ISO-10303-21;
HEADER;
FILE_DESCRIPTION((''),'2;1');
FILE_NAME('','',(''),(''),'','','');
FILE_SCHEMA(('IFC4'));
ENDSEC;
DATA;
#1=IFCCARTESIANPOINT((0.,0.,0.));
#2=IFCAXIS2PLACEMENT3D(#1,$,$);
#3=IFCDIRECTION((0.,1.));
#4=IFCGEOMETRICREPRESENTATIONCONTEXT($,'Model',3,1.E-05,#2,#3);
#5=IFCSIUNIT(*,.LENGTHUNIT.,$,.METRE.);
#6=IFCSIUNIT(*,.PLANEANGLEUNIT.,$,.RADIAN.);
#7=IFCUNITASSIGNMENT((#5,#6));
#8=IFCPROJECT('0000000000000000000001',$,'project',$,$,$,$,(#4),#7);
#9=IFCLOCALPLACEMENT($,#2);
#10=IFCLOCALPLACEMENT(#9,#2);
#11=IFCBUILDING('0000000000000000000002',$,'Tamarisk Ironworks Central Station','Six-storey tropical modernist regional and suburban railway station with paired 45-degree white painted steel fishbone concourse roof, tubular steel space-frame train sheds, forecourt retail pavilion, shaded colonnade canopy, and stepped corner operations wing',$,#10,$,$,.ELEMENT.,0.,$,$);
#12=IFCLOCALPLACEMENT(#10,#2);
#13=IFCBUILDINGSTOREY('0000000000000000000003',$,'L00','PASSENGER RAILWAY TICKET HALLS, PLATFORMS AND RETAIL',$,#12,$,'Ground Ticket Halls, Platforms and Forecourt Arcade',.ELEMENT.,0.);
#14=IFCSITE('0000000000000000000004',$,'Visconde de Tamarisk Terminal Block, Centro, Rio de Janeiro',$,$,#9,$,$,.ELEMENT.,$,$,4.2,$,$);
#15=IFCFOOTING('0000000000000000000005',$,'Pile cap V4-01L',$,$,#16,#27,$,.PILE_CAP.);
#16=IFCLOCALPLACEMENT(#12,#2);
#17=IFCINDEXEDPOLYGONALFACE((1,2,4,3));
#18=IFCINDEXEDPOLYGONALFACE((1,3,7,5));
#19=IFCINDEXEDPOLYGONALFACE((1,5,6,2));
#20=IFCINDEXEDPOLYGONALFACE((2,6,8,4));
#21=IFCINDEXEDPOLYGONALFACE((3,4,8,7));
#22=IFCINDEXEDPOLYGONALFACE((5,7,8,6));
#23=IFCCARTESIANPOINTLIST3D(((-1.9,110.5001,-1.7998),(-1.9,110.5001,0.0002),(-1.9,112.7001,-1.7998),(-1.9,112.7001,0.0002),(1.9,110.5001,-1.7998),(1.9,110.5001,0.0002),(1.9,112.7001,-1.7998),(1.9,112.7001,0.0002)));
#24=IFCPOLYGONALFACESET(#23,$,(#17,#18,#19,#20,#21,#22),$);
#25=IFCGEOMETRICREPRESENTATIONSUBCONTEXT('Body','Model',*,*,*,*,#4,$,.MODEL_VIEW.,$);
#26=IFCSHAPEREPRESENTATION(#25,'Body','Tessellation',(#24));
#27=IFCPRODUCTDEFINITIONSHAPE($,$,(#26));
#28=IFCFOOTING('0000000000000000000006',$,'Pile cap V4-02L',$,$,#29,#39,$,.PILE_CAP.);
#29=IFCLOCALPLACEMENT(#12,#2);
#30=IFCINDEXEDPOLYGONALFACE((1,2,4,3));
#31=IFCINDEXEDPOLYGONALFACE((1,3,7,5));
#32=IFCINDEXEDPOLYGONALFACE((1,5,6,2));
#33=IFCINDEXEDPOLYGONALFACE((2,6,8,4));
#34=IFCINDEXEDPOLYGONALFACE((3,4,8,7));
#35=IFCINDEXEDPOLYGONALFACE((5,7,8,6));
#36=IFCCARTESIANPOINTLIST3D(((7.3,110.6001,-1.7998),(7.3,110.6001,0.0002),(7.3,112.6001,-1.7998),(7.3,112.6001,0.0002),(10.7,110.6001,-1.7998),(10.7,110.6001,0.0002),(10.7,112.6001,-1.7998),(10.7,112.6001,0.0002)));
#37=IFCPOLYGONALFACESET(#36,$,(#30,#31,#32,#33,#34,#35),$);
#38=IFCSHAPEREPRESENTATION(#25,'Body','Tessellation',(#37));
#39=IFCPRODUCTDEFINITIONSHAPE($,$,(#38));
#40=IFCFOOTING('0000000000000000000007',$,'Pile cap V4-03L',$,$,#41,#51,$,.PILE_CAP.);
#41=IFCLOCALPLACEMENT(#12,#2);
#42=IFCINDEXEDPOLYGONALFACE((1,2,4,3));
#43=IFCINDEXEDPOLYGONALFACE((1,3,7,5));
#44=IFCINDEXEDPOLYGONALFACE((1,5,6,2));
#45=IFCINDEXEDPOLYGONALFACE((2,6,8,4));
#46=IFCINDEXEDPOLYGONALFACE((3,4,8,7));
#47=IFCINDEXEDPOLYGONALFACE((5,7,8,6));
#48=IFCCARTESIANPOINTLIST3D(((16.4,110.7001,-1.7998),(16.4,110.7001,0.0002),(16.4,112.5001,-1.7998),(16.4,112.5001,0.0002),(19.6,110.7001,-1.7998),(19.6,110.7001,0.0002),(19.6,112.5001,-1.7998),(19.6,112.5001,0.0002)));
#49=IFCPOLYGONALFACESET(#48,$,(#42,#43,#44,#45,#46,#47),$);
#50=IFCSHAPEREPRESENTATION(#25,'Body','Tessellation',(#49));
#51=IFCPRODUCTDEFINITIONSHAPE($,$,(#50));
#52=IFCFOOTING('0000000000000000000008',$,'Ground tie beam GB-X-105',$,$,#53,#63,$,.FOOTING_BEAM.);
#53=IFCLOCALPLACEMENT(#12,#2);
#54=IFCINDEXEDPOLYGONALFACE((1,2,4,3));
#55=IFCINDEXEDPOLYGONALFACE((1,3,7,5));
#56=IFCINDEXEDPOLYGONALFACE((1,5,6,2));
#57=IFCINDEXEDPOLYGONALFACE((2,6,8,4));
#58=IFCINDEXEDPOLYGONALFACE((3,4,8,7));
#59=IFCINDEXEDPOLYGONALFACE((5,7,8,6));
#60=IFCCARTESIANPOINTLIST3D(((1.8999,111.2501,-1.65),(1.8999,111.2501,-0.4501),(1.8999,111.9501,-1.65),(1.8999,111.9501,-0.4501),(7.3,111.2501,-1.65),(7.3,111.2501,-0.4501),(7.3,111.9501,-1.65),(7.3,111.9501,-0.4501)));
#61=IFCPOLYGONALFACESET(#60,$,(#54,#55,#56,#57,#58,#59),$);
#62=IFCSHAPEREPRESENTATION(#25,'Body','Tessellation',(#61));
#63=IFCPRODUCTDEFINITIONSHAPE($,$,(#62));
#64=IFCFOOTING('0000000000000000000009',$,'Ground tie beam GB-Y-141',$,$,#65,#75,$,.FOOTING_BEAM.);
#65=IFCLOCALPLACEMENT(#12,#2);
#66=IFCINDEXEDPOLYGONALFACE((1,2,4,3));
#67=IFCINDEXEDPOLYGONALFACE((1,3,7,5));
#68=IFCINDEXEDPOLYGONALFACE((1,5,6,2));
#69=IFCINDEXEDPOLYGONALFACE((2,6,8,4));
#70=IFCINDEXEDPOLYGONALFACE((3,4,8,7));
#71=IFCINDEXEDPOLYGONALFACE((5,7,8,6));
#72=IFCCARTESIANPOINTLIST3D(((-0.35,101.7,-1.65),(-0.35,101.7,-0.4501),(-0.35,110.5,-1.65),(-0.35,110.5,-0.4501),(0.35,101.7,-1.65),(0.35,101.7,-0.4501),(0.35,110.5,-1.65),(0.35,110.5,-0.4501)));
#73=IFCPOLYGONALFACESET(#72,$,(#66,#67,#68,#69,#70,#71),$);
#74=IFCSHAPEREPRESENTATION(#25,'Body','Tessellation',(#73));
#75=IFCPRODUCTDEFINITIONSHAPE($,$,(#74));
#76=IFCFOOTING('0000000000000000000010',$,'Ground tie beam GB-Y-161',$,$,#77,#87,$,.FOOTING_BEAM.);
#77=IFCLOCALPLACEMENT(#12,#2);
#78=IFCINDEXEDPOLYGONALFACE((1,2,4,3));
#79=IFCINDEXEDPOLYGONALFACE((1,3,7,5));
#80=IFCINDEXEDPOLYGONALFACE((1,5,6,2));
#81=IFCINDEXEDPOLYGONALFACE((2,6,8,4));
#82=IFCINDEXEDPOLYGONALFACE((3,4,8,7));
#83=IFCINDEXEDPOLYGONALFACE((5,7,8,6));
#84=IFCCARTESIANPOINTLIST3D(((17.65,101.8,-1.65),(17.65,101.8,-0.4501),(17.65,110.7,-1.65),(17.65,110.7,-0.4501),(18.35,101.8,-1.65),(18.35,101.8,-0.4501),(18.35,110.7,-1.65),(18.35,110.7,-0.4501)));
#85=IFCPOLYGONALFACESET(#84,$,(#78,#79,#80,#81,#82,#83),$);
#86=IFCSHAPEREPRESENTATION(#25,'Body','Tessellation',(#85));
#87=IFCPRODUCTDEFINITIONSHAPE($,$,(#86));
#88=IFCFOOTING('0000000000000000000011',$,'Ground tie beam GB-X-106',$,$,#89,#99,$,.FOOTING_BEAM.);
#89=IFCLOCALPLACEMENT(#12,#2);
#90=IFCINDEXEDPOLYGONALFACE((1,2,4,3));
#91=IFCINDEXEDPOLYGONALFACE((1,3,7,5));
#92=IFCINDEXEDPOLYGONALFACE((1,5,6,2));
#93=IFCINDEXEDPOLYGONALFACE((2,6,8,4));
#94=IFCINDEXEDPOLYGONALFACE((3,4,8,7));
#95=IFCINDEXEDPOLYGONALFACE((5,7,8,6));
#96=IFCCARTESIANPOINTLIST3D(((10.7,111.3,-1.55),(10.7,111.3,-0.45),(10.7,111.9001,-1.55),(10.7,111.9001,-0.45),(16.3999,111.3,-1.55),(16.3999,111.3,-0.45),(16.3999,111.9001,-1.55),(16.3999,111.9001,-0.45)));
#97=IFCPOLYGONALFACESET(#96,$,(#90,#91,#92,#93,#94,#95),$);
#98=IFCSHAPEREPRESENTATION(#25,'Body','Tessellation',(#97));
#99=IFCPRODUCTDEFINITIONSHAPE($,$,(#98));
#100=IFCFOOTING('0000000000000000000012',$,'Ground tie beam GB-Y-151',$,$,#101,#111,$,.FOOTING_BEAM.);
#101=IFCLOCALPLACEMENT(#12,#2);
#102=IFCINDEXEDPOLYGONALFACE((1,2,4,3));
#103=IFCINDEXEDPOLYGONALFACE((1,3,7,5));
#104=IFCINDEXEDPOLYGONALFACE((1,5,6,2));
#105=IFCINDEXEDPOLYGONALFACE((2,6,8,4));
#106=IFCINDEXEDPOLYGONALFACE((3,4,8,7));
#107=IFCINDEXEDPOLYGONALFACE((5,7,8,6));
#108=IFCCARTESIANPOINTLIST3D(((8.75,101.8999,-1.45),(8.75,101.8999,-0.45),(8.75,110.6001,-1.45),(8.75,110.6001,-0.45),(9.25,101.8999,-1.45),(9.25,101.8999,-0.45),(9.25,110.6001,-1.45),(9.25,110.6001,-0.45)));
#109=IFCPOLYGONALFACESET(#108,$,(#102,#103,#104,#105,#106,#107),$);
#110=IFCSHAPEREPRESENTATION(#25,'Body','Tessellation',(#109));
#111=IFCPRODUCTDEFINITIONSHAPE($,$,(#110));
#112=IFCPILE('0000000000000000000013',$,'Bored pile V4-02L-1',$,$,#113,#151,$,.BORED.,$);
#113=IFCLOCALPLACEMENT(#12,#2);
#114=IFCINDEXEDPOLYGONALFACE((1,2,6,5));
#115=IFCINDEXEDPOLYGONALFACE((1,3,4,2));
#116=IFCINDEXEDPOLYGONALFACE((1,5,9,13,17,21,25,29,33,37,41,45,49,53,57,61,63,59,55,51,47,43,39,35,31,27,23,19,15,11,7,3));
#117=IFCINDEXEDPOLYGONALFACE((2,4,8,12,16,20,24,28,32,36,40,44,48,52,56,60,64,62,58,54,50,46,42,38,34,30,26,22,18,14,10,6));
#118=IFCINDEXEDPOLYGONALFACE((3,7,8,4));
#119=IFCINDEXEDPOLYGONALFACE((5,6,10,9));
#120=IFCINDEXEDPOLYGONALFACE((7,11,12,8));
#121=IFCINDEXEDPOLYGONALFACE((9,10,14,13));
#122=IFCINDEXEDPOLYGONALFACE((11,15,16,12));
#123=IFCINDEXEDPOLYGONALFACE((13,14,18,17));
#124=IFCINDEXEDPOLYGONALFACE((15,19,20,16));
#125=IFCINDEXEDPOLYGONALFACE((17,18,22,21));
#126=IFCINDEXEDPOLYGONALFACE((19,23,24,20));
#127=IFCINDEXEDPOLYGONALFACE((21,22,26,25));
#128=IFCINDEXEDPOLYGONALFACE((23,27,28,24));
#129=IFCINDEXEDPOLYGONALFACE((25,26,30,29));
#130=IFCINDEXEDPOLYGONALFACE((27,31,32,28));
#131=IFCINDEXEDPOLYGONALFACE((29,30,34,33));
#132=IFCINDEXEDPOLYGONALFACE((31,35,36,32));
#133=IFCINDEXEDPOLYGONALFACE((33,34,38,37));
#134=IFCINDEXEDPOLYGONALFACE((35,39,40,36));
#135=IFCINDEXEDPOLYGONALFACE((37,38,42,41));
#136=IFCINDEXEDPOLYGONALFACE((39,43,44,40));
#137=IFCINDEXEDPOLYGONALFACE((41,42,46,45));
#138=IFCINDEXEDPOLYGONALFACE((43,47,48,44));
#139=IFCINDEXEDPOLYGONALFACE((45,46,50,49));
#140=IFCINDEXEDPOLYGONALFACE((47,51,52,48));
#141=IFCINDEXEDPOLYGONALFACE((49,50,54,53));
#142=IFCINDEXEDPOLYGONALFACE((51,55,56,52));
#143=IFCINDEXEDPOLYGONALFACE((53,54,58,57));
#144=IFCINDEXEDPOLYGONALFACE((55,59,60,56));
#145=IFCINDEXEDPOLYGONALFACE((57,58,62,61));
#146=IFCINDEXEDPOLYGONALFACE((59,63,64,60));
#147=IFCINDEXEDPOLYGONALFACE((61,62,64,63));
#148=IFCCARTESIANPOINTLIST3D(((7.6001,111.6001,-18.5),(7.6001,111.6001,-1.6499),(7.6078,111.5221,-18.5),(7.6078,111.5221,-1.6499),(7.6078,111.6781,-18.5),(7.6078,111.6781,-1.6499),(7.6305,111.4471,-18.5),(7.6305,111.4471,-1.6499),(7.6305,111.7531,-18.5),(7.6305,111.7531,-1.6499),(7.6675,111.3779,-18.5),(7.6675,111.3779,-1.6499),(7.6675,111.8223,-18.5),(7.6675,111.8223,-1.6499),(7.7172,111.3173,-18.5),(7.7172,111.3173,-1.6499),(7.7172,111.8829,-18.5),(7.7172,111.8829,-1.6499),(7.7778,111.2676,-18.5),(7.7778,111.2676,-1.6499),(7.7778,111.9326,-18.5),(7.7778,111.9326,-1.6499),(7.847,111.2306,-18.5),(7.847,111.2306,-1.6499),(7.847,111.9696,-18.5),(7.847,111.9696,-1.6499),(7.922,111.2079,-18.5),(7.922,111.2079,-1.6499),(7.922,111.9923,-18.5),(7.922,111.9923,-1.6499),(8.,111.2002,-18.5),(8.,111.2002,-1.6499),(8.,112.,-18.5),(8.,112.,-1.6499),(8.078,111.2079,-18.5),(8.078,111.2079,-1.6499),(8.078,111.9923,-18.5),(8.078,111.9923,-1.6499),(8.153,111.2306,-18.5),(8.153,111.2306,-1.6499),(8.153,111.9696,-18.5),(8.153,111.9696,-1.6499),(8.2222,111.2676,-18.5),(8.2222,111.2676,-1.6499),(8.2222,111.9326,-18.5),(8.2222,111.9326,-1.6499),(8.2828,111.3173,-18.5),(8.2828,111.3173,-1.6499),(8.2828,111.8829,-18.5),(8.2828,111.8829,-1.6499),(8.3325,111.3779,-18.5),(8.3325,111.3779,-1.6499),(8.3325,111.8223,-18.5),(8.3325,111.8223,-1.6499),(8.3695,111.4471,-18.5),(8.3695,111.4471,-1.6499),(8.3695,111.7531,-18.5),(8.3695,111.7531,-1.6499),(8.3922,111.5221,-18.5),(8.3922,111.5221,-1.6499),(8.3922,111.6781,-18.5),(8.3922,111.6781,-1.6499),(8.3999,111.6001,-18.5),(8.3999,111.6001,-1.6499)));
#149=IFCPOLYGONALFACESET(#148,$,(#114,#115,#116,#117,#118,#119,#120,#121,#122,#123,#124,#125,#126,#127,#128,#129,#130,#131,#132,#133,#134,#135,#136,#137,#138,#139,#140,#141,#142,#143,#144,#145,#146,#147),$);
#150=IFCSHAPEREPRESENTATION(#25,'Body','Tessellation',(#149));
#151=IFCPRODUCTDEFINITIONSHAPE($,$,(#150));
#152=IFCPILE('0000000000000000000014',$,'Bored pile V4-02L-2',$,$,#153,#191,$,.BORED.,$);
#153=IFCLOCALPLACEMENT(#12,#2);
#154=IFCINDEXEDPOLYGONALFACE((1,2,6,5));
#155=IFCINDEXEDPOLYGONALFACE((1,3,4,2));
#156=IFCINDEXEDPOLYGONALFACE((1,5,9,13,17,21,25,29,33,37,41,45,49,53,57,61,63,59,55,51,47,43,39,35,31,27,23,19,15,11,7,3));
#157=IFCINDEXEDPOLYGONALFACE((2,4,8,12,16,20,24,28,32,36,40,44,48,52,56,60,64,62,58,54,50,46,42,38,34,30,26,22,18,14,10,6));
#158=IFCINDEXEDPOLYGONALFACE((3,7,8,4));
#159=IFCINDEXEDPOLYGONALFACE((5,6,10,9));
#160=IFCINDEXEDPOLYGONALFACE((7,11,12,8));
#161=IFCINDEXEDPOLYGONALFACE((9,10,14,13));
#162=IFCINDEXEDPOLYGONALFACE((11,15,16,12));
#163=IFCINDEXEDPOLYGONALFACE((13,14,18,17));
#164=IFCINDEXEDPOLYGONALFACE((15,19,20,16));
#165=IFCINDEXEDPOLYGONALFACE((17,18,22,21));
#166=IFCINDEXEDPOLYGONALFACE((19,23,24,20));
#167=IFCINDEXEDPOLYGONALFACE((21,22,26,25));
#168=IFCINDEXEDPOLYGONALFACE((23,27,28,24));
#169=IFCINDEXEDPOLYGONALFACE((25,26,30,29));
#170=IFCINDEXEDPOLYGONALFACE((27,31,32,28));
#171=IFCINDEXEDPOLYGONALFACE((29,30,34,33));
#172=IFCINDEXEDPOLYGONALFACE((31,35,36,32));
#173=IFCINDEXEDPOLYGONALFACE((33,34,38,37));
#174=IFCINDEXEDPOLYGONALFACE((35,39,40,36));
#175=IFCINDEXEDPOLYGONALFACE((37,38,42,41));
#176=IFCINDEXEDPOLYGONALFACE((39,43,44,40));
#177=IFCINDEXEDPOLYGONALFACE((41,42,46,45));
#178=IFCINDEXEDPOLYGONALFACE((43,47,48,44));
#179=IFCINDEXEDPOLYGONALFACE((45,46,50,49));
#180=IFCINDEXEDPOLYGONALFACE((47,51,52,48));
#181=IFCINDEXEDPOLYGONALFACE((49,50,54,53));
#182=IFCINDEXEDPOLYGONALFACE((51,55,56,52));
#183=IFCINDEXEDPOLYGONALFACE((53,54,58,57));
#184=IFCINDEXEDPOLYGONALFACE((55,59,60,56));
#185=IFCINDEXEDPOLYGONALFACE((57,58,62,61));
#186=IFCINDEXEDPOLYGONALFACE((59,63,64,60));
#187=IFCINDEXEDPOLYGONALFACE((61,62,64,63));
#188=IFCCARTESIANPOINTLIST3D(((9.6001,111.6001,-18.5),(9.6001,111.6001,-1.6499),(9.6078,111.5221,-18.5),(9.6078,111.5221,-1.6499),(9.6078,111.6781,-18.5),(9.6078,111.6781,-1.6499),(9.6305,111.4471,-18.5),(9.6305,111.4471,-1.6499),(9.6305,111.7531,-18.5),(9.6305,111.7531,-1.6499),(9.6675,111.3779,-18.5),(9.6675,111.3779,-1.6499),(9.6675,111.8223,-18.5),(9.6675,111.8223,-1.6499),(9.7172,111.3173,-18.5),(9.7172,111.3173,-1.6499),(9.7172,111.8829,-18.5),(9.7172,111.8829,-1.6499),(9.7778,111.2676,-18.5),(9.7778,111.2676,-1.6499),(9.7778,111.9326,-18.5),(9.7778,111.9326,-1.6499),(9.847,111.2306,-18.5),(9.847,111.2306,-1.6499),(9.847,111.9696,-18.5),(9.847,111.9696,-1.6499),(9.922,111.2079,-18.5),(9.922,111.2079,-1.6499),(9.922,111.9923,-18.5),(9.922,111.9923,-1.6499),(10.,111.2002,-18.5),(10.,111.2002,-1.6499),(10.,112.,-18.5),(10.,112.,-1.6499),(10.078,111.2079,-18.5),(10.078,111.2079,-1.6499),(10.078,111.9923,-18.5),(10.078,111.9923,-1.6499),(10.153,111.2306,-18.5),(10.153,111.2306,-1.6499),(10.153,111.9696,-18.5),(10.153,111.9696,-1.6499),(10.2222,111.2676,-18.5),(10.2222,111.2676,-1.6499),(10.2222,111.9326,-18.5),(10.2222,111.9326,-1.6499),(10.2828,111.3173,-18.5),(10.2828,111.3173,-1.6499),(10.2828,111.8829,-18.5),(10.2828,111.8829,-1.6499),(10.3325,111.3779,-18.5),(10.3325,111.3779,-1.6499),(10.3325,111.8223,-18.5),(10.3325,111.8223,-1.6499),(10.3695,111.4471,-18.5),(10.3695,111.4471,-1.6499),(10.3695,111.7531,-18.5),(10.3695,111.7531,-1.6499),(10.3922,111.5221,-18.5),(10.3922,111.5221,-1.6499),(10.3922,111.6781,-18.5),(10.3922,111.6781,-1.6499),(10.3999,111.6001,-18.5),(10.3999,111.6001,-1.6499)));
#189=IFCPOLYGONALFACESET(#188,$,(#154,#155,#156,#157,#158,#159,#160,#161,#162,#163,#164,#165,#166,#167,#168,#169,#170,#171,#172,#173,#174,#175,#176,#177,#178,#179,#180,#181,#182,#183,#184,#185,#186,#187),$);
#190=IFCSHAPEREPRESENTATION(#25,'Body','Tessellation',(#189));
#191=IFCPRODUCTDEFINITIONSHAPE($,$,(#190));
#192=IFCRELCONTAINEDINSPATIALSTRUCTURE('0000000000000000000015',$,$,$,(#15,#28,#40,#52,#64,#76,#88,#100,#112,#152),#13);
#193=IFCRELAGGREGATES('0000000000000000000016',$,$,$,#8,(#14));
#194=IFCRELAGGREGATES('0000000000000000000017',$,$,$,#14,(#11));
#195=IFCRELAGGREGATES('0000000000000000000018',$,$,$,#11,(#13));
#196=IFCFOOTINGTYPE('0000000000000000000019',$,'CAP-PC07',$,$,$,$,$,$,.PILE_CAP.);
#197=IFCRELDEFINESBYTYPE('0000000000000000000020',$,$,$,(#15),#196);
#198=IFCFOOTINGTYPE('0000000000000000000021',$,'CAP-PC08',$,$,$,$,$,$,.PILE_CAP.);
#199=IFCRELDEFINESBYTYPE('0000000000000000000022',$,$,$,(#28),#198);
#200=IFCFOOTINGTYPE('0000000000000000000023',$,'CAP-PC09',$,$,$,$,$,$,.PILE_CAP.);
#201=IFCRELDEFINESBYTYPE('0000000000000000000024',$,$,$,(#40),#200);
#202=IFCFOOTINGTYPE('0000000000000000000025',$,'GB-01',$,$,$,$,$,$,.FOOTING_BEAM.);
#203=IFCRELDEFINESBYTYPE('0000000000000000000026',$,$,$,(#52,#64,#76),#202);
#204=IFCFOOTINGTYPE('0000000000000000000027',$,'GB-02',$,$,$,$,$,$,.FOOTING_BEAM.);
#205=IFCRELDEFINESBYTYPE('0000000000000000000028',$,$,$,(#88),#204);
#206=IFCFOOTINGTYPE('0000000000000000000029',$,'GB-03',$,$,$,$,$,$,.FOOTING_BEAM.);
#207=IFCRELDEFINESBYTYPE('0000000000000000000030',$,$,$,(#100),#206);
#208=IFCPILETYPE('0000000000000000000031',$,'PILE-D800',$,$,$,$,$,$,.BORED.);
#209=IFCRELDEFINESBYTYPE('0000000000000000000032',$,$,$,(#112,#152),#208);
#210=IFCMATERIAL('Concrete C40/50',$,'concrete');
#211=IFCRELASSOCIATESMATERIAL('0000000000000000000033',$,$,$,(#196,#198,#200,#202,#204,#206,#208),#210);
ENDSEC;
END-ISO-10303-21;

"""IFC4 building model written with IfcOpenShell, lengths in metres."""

from ifc_helpers import new_model, si_unit, direction, frame, origin, origin_2d, place, context, subcontext, project, spatial, rectangle, circle, extrude, material, material_profile, profile_set, type_object, element, save


model = new_model("IFC4")

# Units and contexts
model_context = context("Model", 3, precision=1e-05, world=origin(), true_north=direction((0.0, 1.0)))
body_context = subcontext(model_context, "Body", "Model", "MODEL_VIEW")
ifc_project = project(units=[si_unit("LENGTHUNIT", "METRE"), si_unit("PLANEANGLEUNIT", "RADIAN")], contexts=[model_context])

# Site, building, storey
site_placement = place(None, origin())
site = spatial("IfcSite", under=ifc_project, at=site_placement, Name="Visconde de Tamarisk Terminal Block, Centro, Rio de Janeiro", CompositionType="ELEMENT", RefElevation=4.2)
building_placement = place(site_placement, origin())
building = spatial("IfcBuilding", under=site, at=building_placement, Name="Tamarisk Ironworks Central Station", Description="Six-storey tropical modernist regional and suburban railway station with paired 45-degree white painted steel fishbone concourse roof, tubular steel space-frame train sheds, forecourt retail pavilion, shaded colonnade canopy, and stepped corner operations wing", CompositionType="ELEMENT", ElevationOfRefHeight=0.0)
storey_placement = place(building_placement, origin())
storey = spatial("IfcBuildingStorey", under=building, at=storey_placement, Name="L00", Description="PASSENGER RAILWAY TICKET HALLS, PLATFORMS AND RETAIL", LongName="Ground Ticket Halls, Platforms and Forecourt Arcade", CompositionType="ELEMENT", Elevation=0.0)

# Footings
ifc_material_1 = material(Name="Concrete C40/50", Category="concrete")
footing_type_1 = type_object("IfcFootingType", Name="CAP-PC07", PredefinedType="PILE_CAP", material=ifc_material_1)
footing_1_placement = place(storey_placement, frame((0.0, 111.6001, -1.7998), z_axis=(0.0, 0.0, 1.0), x_axis=(1.0, 0.0, 0.0)))
element("IfcFooting", 1, at=footing_1_placement, inside=storey, type_object=footing_type_1, Name="Pile cap V4-01L", PredefinedType="PILE_CAP", context=body_context, shape_type="SweptSolid", body=[
    extrude(rectangle(XDim=3.8, YDim=2.2, at=origin_2d()), origin(), (0.0, 0.0, 1.0), 1.8),
])
footing_type_2 = type_object("IfcFootingType", Name="CAP-PC08", PredefinedType="PILE_CAP", material=ifc_material_1)
footing_2_placement = place(storey_placement, frame((9.0, 111.6001, -1.7998), z_axis=(0.0, 0.0, 1.0), x_axis=(1.0, 0.0, 0.0)))
element("IfcFooting", 2, at=footing_2_placement, inside=storey, type_object=footing_type_2, Name="Pile cap V4-02L", PredefinedType="PILE_CAP", context=body_context, shape_type="SweptSolid", body=[
    extrude(rectangle(XDim=3.3999, YDim=2.0, at=origin_2d()), origin(), (0.0, 0.0, 1.0), 1.8),
])
footing_type_3 = type_object("IfcFootingType", Name="CAP-PC09", PredefinedType="PILE_CAP", material=ifc_material_1)
footing_3_placement = place(storey_placement, frame((18.0, 111.6001, -1.7998), z_axis=(0.0, 0.0, 1.0), x_axis=(1.0, 0.0, 0.0)))
element("IfcFooting", 3, at=footing_3_placement, inside=storey, type_object=footing_type_3, Name="Pile cap V4-03L", PredefinedType="PILE_CAP", context=body_context, shape_type="SweptSolid", body=[
    extrude(rectangle(XDim=3.2, YDim=1.8, at=origin_2d()), origin(), (0.0, 0.0, 1.0), 1.8),
])
ifc_material_profile_1 = material_profile(ifc_material_1, rectangle(XDim=0.7, YDim=1.2, at=origin_2d()), Name="GB01 700x1200")
ifc_profile_set_1 = profile_set([ifc_material_profile_1], Name="Concrete C40/50")
footing_type_4 = type_object("IfcFootingType", Name="GB-01", PredefinedType="FOOTING_BEAM", material=ifc_profile_set_1)
footing_4_placement = place(storey_placement, frame((1.8999, 111.6001, -1.05), z_axis=(1.0, 0.0, 0.0), x_axis=(0.0, 1.0, 0.0)))
element("IfcFooting", 4, at=footing_4_placement, inside=storey, type_object=footing_type_4, Name="Ground tie beam GB-X-105", PredefinedType="FOOTING_BEAM", context=body_context, shape_type="SweptSolid", body=[
    extrude(rectangle(XDim=0.7, YDim=1.2, at=origin_2d()), origin(), (0.0, 0.0, 1.0), 5.4001),
])
footing_5_placement = place(storey_placement, frame((0.0, 101.7, -1.05), z_axis=(0.0, 1.0, 0.0), x_axis=(-1.0, 0.0, 0.0)))
element("IfcFooting", 5, at=footing_5_placement, inside=storey, type_object=footing_type_4, Name="Ground tie beam GB-Y-141", PredefinedType="FOOTING_BEAM", context=body_context, shape_type="SweptSolid", body=[
    extrude(rectangle(XDim=0.7, YDim=1.2, at=origin_2d()), origin(), (0.0, 0.0, 1.0), 8.8),
])
footing_6_placement = place(storey_placement, frame((18.0, 101.8, -1.05), z_axis=(0.0, 1.0, 0.0), x_axis=(-1.0, 0.0, 0.0)))
element("IfcFooting", 6, at=footing_6_placement, inside=storey, type_object=footing_type_4, Name="Ground tie beam GB-Y-161", PredefinedType="FOOTING_BEAM", context=body_context, shape_type="SweptSolid", body=[
    extrude(rectangle(XDim=0.7, YDim=1.2, at=origin_2d()), origin(), (0.0, 0.0, 1.0), 8.8999),
])
ifc_material_profile_2 = material_profile(ifc_material_1, rectangle(XDim=0.6001, YDim=1.1001, at=origin_2d()), Name="GB02 600x1100")
ifc_profile_set_2 = profile_set([ifc_material_profile_2], Name="Concrete C40/50")
footing_type_5 = type_object("IfcFootingType", Name="GB-02", PredefinedType="FOOTING_BEAM", material=ifc_profile_set_2)
footing_7_placement = place(storey_placement, frame((10.7, 111.6001, -1.0), z_axis=(1.0, 0.0, 0.0), x_axis=(0.0, 1.0, 0.0)))
element("IfcFooting", 7, at=footing_7_placement, inside=storey, type_object=footing_type_5, Name="Ground tie beam GB-X-106", PredefinedType="FOOTING_BEAM", context=body_context, shape_type="SweptSolid", body=[
    extrude(rectangle(XDim=0.6001, YDim=1.1001, at=origin_2d()), origin(), (0.0, 0.0, 1.0), 5.7),
])
ifc_material_profile_3 = material_profile(ifc_material_1, rectangle(XDim=0.5, YDim=1.0, at=origin_2d()), Name="GB03 500x1000")
ifc_profile_set_3 = profile_set([ifc_material_profile_3], Name="Concrete C40/50")
footing_type_6 = type_object("IfcFootingType", Name="GB-03", PredefinedType="FOOTING_BEAM", material=ifc_profile_set_3)
footing_8_placement = place(storey_placement, frame((9.0, 101.8999, -0.95), z_axis=(0.0, 1.0, 0.0), x_axis=(-1.0, 0.0, 0.0)))
element("IfcFooting", 8, at=footing_8_placement, inside=storey, type_object=footing_type_6, Name="Ground tie beam GB-Y-151", PredefinedType="FOOTING_BEAM", context=body_context, shape_type="SweptSolid", body=[
    extrude(rectangle(XDim=0.5, YDim=1.0, at=origin_2d()), origin(), (0.0, 0.0, 1.0), 8.7002),
])

# Piles
ifc_material_profile_4 = material_profile(ifc_material_1, circle(Radius=0.3999, at=origin_2d()), Name="BORED PILE D800")
ifc_profile_set_4 = profile_set([ifc_material_profile_4], Name="Concrete C40/50")
pile_type_1 = type_object("IfcPileType", Name="PILE-D800", PredefinedType="BORED", material=ifc_profile_set_4)
for number, where, z_axis, x_axis, name in (
    (9, (8.0, 111.6001, -1.6499), (0.0, 0.0, -1.0), (1.0, 0.0, 0.0), "Bored pile V4-02L-1"),
    (10, (10.0, 111.6001, -1.6499), (0.0, 0.0, -1.0), (1.0, 0.0, 0.0), "Bored pile V4-02L-2"),
):
    element("IfcPile", number, at=place(storey_placement, frame(where, z_axis=z_axis, x_axis=x_axis)), inside=storey, type_object=pile_type_1, Name=name, PredefinedType="BORED", context=body_context, shape_type="SweptSolid", body=[
        extrude(circle(Radius=0.3999, at=origin_2d()), origin(), (0.0, 0.0, 1.0), 16.8501),
    ])

save(model, "model.ifc")
